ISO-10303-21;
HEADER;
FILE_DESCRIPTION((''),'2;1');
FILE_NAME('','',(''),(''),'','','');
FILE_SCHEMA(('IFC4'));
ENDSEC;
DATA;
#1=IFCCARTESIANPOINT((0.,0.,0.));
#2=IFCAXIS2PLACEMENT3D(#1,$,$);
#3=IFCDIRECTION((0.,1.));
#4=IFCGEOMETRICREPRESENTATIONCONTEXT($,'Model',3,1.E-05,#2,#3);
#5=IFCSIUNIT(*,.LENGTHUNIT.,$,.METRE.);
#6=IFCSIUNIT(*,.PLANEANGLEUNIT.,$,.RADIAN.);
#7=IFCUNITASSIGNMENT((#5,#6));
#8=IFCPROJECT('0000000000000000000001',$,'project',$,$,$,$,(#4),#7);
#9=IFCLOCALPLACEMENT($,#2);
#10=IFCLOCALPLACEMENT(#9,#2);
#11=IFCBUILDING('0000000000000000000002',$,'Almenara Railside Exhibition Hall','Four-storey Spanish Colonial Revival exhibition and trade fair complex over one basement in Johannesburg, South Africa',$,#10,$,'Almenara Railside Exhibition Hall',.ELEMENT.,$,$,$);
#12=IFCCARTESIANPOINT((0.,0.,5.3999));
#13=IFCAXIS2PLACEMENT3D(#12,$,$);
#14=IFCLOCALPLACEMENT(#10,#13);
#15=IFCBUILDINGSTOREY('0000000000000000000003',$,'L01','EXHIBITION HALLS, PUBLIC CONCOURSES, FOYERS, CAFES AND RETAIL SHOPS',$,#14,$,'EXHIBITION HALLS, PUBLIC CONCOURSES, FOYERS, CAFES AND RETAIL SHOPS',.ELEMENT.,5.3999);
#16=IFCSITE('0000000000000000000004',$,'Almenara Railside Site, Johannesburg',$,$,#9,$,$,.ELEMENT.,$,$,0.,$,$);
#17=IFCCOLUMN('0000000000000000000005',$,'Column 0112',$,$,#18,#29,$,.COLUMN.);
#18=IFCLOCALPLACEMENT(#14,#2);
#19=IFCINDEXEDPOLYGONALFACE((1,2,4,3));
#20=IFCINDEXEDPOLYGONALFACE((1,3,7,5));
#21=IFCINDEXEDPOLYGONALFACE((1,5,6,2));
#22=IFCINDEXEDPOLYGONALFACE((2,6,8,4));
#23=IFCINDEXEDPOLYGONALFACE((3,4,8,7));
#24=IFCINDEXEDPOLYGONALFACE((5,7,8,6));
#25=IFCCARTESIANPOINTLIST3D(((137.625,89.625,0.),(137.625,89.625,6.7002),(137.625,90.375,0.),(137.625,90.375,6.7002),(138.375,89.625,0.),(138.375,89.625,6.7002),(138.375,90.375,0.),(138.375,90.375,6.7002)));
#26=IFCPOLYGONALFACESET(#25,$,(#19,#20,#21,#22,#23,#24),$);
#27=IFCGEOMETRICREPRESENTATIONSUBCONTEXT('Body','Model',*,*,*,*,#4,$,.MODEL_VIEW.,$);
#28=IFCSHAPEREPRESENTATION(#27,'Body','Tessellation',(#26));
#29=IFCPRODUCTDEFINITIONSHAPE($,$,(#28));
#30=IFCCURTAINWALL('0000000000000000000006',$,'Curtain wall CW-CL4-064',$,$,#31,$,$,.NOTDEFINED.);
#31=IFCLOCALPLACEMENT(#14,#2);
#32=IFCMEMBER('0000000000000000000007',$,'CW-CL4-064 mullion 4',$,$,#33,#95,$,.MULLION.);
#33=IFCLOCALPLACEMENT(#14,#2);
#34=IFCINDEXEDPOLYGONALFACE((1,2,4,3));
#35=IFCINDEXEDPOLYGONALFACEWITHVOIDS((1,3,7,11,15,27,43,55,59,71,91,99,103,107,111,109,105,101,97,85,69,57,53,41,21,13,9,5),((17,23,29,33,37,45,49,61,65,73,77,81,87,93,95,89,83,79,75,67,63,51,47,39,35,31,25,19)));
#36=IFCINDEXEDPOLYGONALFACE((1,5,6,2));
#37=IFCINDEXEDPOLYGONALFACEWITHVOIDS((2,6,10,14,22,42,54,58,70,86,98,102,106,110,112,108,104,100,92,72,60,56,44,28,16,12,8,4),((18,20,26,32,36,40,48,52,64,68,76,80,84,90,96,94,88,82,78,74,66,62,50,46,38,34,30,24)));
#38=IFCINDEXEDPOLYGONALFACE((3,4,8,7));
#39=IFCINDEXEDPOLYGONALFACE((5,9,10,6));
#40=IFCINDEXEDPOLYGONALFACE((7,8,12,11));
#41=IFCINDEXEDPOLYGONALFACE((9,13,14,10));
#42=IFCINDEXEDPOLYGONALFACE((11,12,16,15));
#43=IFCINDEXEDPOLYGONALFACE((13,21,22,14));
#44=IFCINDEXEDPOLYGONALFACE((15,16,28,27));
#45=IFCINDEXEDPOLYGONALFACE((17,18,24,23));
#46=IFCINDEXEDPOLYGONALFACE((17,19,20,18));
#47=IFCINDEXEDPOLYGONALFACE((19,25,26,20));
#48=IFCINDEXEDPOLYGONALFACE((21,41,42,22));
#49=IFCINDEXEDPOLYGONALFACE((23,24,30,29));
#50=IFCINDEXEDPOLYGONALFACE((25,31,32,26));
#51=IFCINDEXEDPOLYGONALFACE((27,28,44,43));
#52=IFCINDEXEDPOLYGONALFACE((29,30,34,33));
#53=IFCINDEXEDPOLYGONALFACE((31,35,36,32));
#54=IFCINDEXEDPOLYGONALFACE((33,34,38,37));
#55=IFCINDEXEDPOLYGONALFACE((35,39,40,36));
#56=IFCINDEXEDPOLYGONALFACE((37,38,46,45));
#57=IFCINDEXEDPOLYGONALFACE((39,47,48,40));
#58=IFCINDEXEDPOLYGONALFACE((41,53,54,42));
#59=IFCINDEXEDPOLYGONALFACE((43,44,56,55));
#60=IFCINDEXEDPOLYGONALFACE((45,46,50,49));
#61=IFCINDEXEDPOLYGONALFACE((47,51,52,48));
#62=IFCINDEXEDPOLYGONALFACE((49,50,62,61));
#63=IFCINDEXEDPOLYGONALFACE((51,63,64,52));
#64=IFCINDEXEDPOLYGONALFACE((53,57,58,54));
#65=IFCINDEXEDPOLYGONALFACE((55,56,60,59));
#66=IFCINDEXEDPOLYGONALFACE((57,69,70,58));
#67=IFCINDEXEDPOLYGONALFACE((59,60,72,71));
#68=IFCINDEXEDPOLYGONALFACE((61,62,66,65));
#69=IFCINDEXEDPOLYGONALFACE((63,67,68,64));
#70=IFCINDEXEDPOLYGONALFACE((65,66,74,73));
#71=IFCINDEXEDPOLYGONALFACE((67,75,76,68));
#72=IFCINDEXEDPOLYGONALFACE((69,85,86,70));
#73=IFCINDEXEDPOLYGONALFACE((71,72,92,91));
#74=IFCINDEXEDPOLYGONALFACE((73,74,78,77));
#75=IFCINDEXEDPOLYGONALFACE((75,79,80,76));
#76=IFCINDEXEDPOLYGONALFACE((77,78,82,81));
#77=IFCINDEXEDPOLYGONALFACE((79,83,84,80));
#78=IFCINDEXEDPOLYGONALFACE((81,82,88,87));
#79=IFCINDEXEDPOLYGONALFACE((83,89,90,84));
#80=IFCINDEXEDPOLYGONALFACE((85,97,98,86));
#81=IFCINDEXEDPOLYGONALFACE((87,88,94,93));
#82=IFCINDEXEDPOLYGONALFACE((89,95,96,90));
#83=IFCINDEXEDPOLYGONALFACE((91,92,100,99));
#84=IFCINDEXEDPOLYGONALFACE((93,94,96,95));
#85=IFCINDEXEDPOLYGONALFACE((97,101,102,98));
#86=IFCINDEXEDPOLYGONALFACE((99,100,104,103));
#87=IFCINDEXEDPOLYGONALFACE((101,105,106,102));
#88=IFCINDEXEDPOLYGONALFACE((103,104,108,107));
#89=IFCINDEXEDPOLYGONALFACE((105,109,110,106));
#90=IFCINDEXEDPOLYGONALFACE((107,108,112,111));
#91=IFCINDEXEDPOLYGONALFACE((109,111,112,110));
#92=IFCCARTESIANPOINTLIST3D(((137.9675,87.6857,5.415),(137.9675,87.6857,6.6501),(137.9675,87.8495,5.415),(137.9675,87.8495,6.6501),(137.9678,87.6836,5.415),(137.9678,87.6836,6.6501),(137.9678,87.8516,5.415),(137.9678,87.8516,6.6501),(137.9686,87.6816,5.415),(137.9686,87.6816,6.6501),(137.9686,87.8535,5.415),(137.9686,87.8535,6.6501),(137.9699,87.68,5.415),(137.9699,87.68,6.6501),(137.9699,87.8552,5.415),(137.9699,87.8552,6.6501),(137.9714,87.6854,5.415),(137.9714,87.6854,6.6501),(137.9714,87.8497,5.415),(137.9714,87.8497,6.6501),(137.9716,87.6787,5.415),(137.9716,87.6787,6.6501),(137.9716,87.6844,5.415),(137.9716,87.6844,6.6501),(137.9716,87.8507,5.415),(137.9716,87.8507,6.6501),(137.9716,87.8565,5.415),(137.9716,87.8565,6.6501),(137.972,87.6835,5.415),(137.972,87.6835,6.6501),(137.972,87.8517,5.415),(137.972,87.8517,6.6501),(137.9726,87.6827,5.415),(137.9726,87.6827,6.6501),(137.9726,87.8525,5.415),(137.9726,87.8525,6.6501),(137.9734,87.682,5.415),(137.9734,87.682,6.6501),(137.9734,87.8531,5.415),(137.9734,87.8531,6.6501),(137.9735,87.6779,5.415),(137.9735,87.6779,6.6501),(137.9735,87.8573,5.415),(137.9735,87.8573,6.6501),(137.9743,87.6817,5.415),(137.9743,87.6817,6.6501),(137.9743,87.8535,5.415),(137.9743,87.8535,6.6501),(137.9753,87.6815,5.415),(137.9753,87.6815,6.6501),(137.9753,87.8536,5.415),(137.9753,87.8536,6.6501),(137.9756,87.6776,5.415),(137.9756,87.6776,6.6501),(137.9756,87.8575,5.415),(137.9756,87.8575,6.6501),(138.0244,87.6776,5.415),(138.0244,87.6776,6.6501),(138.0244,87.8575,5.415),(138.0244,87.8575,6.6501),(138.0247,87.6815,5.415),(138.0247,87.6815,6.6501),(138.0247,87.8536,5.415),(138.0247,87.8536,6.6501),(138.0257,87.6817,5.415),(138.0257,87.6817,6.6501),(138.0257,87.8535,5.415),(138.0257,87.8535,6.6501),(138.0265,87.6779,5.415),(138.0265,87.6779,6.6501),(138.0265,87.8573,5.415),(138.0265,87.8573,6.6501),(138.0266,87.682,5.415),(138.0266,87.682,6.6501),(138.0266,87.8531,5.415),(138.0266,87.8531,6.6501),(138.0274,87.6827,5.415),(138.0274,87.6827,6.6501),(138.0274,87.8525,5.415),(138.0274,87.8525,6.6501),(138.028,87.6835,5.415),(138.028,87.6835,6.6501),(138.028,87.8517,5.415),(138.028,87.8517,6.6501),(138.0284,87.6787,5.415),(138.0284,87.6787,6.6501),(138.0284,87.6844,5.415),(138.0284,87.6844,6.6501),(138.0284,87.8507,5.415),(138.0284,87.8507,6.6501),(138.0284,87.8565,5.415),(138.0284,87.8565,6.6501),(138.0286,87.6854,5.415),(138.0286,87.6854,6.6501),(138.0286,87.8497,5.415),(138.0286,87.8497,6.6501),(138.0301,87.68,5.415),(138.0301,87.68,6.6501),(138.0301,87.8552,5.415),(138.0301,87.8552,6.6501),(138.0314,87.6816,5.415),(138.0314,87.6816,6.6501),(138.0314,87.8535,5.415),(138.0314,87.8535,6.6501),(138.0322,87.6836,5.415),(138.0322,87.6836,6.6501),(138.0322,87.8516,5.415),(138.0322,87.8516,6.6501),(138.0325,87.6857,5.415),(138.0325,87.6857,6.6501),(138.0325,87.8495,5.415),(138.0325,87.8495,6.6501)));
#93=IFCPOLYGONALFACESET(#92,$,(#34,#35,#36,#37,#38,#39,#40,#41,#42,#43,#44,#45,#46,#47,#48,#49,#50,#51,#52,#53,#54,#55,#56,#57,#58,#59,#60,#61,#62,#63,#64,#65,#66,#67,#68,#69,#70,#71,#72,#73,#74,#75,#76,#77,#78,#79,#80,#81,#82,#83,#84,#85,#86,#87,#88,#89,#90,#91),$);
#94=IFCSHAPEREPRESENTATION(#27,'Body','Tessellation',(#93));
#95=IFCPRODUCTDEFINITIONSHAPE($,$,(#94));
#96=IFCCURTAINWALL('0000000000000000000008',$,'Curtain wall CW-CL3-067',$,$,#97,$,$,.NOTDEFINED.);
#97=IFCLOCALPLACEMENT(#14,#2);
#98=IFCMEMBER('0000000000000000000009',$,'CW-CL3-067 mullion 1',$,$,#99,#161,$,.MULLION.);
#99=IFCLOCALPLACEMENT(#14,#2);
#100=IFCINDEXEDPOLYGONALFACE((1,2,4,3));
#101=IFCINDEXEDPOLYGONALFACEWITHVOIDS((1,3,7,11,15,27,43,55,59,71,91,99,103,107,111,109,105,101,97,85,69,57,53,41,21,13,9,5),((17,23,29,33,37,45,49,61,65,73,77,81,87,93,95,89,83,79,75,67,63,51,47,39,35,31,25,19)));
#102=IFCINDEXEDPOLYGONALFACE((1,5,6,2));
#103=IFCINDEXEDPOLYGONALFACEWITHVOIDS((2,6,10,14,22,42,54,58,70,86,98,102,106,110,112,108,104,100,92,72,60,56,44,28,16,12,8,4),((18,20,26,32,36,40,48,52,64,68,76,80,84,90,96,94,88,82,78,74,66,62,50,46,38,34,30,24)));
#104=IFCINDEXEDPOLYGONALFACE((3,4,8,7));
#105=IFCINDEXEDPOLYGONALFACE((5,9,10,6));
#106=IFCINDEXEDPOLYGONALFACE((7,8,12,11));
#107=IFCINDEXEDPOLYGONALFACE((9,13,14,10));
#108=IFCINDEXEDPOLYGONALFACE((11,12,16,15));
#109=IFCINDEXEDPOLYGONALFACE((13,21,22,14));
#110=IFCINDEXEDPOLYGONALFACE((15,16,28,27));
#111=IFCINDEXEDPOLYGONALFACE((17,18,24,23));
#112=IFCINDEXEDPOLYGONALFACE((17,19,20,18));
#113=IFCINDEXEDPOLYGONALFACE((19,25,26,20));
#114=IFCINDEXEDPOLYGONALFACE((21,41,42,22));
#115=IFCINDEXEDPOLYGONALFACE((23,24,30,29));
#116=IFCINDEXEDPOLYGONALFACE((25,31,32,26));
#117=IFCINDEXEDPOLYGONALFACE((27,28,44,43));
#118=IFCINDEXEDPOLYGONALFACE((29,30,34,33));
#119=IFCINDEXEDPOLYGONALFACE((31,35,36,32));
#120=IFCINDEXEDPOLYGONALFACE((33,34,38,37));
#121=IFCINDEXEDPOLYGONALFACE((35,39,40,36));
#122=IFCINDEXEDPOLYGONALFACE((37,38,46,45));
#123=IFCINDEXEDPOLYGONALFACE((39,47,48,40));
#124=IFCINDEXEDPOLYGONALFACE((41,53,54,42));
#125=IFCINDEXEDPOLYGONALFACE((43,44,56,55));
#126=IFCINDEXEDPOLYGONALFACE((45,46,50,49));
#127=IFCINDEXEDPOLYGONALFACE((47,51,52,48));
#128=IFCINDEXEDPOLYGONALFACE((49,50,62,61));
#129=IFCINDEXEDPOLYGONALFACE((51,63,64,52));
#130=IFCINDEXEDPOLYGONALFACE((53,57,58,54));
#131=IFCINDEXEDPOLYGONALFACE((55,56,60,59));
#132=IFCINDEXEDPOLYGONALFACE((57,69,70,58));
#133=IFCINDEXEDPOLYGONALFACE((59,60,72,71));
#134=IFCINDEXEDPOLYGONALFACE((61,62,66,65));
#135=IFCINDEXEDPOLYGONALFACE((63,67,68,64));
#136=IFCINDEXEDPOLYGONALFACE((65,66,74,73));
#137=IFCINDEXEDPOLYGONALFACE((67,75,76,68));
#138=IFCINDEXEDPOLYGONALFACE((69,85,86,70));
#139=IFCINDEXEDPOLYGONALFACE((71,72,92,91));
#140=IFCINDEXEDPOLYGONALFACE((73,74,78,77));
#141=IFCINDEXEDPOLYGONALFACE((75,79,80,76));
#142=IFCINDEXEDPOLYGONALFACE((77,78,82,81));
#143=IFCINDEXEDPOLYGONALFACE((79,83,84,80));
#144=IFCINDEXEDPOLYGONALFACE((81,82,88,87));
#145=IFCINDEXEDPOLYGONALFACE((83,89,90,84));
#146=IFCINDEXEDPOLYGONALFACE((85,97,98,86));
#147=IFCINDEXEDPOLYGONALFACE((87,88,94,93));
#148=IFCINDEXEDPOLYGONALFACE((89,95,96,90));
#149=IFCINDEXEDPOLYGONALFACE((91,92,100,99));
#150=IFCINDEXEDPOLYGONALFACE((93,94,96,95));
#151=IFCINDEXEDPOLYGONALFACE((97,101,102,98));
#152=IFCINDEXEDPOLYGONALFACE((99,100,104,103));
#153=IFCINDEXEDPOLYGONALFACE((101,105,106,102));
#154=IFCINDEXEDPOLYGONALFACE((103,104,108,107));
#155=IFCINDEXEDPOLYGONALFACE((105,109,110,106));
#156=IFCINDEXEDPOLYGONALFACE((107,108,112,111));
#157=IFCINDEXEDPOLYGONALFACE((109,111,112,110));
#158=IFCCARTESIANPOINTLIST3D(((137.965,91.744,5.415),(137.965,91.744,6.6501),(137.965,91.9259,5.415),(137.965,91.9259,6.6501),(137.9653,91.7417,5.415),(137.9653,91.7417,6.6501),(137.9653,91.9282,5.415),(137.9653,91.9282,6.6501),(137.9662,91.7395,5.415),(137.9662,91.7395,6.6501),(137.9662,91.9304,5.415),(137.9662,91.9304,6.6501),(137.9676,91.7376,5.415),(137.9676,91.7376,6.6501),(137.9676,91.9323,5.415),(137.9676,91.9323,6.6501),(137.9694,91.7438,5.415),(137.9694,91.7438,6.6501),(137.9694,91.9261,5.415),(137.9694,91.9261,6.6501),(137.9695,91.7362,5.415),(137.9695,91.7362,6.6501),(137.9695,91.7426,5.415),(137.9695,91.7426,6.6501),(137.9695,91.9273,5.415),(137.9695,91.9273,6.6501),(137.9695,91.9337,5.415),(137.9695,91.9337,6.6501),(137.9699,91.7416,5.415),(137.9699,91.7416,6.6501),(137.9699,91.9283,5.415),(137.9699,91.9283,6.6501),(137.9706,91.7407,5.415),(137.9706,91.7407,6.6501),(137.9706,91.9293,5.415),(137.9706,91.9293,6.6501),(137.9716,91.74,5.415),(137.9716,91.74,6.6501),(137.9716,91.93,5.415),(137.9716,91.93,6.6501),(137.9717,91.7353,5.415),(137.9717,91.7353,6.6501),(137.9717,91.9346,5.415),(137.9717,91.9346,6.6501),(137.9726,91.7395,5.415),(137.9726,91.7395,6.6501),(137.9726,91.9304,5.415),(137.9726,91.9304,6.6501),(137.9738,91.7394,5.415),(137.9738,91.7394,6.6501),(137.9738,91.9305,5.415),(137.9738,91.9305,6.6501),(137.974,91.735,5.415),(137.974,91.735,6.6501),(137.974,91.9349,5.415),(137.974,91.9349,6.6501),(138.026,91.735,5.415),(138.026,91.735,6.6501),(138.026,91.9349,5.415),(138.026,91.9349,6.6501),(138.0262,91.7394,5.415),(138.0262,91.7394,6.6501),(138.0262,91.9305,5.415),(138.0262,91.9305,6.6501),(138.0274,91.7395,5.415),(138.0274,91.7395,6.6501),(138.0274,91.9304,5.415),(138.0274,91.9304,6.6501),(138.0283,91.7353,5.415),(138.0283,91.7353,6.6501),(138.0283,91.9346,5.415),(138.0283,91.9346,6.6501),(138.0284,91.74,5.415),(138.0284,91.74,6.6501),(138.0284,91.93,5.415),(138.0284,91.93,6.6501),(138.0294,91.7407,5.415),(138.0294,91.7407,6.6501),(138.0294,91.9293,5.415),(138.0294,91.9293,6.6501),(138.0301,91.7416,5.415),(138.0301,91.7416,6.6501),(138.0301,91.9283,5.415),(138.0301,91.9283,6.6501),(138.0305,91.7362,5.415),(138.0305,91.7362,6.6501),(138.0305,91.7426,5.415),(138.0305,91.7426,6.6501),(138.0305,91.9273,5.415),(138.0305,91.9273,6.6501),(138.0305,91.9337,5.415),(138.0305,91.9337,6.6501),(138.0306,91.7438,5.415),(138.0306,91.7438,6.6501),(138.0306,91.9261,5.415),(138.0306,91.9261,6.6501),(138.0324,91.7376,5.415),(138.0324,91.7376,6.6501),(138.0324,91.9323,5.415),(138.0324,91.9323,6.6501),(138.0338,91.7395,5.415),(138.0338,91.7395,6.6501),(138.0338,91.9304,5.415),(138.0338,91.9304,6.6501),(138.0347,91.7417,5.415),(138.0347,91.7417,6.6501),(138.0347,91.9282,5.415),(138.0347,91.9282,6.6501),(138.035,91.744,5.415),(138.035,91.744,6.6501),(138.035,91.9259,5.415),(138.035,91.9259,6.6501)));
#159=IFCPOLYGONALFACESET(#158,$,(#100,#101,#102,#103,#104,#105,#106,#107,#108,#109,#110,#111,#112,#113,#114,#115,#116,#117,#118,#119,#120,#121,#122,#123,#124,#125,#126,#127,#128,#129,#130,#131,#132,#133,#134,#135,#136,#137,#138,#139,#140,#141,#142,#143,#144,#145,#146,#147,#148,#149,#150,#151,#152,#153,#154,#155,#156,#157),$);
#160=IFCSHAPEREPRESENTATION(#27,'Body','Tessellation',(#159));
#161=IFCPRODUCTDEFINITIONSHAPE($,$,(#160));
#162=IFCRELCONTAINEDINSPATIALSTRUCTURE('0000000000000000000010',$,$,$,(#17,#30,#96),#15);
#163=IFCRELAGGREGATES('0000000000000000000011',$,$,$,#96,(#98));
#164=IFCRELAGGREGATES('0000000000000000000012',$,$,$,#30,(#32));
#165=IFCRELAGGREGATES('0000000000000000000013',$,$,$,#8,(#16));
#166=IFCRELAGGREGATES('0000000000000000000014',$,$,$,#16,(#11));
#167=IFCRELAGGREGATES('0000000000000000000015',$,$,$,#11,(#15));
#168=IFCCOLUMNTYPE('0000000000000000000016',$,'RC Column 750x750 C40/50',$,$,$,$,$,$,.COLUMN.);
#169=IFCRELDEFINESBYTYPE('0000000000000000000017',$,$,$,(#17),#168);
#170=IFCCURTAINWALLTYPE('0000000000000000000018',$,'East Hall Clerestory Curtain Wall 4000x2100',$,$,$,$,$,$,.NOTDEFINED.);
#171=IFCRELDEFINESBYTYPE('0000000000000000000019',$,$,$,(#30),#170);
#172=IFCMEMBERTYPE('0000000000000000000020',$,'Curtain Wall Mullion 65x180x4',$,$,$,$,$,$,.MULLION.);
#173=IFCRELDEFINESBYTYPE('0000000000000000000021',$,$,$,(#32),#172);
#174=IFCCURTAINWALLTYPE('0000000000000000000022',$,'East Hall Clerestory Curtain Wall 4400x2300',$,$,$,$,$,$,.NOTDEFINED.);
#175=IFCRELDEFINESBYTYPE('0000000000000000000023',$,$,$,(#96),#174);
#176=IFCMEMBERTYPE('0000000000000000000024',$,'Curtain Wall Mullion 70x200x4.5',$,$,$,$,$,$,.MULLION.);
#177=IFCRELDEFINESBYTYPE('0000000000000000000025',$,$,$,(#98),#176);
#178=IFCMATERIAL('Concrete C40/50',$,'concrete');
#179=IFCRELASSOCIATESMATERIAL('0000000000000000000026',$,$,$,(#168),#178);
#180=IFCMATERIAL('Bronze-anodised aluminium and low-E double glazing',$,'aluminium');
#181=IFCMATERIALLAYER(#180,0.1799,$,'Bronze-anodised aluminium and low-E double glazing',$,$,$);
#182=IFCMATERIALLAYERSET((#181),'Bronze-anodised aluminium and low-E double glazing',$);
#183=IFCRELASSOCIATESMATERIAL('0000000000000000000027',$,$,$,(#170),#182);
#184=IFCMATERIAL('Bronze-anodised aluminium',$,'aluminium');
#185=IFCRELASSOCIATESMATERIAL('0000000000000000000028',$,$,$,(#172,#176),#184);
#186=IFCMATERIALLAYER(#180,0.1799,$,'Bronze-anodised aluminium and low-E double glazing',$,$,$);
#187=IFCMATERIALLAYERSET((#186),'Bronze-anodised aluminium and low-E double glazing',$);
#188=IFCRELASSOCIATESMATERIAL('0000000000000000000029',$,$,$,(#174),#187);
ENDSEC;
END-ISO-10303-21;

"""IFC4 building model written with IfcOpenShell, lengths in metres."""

from ifc_helpers import new_model, si_unit, direction, frame, origin, origin_2d, place, context, subcontext, project, spatial, rectangle, hollow_rectangle, extrude, material, layer, layer_set, material_profile, profile_set, type_object, element, aggregate, save


model = new_model("IFC4")

# Units and contexts
model_context = context("Model", 3, precision=1e-05, world=origin(), true_north=direction((0.0, 1.0)))
body_context = subcontext(model_context, "Body", "Model", "MODEL_VIEW")
ifc_project = project(units=[si_unit("LENGTHUNIT", "METRE"), si_unit("PLANEANGLEUNIT", "RADIAN")], contexts=[model_context])

# Site, building, storey
site_placement = place(None, origin())
site = spatial("IfcSite", under=ifc_project, at=site_placement, Name="Almenara Railside Site, Johannesburg", CompositionType="ELEMENT", RefElevation=0.0)
building_placement = place(site_placement, origin())
building = spatial("IfcBuilding", under=site, at=building_placement, Name="Almenara Railside Exhibition Hall", Description="Four-storey Spanish Colonial Revival exhibition and trade fair complex over one basement in Johannesburg, South Africa", LongName="Almenara Railside Exhibition Hall", CompositionType="ELEMENT")
storey_placement = place(building_placement, frame((0.0, 0.0, 5.3999)))
storey = spatial("IfcBuildingStorey", under=building, at=storey_placement, Name="L01", Description="EXHIBITION HALLS, PUBLIC CONCOURSES, FOYERS, CAFES AND RETAIL SHOPS", LongName="EXHIBITION HALLS, PUBLIC CONCOURSES, FOYERS, CAFES AND RETAIL SHOPS", CompositionType="ELEMENT", Elevation=5.3999)

# Column
ifc_material_1 = material(Name="Concrete C40/50", Category="concrete")
ifc_material_profile_1 = material_profile(ifc_material_1, rectangle(XDim=0.75, YDim=0.75, at=origin_2d()), Name="RC 750x750")
ifc_profile_set_1 = profile_set([ifc_material_profile_1], Name="Concrete C40/50")
column_type = type_object("IfcColumnType", Name="RC Column 750x750 C40/50", PredefinedType="COLUMN", material=ifc_profile_set_1)
column_placement = place(storey_placement, frame((138.0, 90.0, 0.0), z_axis=(0.0, 0.0, 1.0), x_axis=(1.0, 0.0, 0.0)))
element("IfcColumn", 1, at=column_placement, inside=storey, type_object=column_type, Name="Column 0112", PredefinedType="COLUMN", context=body_context, shape_type="SweptSolid", body=[
    extrude(rectangle(XDim=0.75, YDim=0.75, at=origin_2d()), origin(), (0.0, 0.0, 1.0), 6.7002),
])

# Curtain wall, member
ifc_material_2 = material(Name="Bronze-anodised aluminium and low-E double glazing", Category="aluminium")
ifc_layer_1 = layer(ifc_material_2, 0.1799, Name="Bronze-anodised aluminium and low-E double glazing")
ifc_layer_set_1 = layer_set([ifc_layer_1], Name="Bronze-anodised aluminium and low-E double glazing")
curtain_wall_type_1 = type_object("IfcCurtainWallType", Name="East Hall Clerestory Curtain Wall 4000x2100", PredefinedType="NOTDEFINED", material=ifc_layer_set_1)
curtain_wall_1_placement = place(storey_placement, origin())
curtain_wall_1 = element("IfcCurtainWall", 2, at=curtain_wall_1_placement, inside=storey, type_object=curtain_wall_type_1, Name="Curtain wall CW-CL4-064", PredefinedType="NOTDEFINED")
ifc_material_3 = material(Name="Bronze-anodised aluminium", Category="aluminium")
ifc_material_profile_2 = material_profile(ifc_material_3, hollow_rectangle(XDim=0.0649, YDim=0.1799, WallThickness=0.0039, InnerFilletRadius=0.0039, OuterFilletRadius=0.0081, at=origin_2d()), Name="ALU-MUL 65x180x4")
ifc_profile_set_2 = profile_set([ifc_material_profile_2], Name="Bronze-anodised aluminium")
member_type_1 = type_object("IfcMemberType", Name="Curtain Wall Mullion 65x180x4", PredefinedType="MULLION", material=ifc_profile_set_2)
member_1_placement = place(storey_placement, frame((138.0, 87.7676, 5.415), z_axis=(0.0, 0.0, 1.0), x_axis=(-1.0, 0.0, 0.0)))
member_1 = element("IfcMember", 3, at=member_1_placement, type_object=member_type_1, Name="CW-CL4-064 mullion 4", PredefinedType="MULLION", context=body_context, shape_type="SweptSolid", body=[
    extrude(hollow_rectangle(XDim=0.0649, YDim=0.1799, WallThickness=0.0039, InnerFilletRadius=0.0039, OuterFilletRadius=0.0081, at=origin_2d()), origin(), (0.0, 0.0, 1.0), 1.2351),
])

# Curtain wall, member
ifc_layer_2 = layer(ifc_material_2, 0.1799, Name="Bronze-anodised aluminium and low-E double glazing")
ifc_layer_set_2 = layer_set([ifc_layer_2], Name="Bronze-anodised aluminium and low-E double glazing")
curtain_wall_type_2 = type_object("IfcCurtainWallType", Name="East Hall Clerestory Curtain Wall 4400x2300", PredefinedType="NOTDEFINED", material=ifc_layer_set_2)
curtain_wall_2_placement = place(storey_placement, origin())
curtain_wall_2 = element("IfcCurtainWall", 4, at=curtain_wall_2_placement, inside=storey, type_object=curtain_wall_type_2, Name="Curtain wall CW-CL3-067", PredefinedType="NOTDEFINED")
ifc_material_profile_3 = material_profile(ifc_material_3, hollow_rectangle(XDim=0.0701, YDim=0.2, WallThickness=0.0044, InnerFilletRadius=0.0044, OuterFilletRadius=0.009, at=origin_2d()), Name="ALU-MUL 70x200x4.5")
ifc_profile_set_3 = profile_set([ifc_material_profile_3], Name="Bronze-anodised aluminium")
member_type_2 = type_object("IfcMemberType", Name="Curtain Wall Mullion 70x200x4.5", PredefinedType="MULLION", material=ifc_profile_set_3)
member_2_placement = place(storey_placement, frame((138.0, 91.835, 5.415), z_axis=(0.0, 0.0, 1.0), x_axis=(-1.0, 0.0, 0.0)))
member_2 = element("IfcMember", 5, at=member_2_placement, type_object=member_type_2, Name="CW-CL3-067 mullion 1", PredefinedType="MULLION", context=body_context, shape_type="SweptSolid", body=[
    extrude(hollow_rectangle(XDim=0.0701, YDim=0.2, WallThickness=0.0044, InnerFilletRadius=0.0044, OuterFilletRadius=0.009, at=origin_2d()), origin(), (0.0, 0.0, 1.0), 1.2351),
])

aggregate(curtain_wall_2, [member_2])
aggregate(curtain_wall_1, [member_1])

save(model, "model.ifc")
